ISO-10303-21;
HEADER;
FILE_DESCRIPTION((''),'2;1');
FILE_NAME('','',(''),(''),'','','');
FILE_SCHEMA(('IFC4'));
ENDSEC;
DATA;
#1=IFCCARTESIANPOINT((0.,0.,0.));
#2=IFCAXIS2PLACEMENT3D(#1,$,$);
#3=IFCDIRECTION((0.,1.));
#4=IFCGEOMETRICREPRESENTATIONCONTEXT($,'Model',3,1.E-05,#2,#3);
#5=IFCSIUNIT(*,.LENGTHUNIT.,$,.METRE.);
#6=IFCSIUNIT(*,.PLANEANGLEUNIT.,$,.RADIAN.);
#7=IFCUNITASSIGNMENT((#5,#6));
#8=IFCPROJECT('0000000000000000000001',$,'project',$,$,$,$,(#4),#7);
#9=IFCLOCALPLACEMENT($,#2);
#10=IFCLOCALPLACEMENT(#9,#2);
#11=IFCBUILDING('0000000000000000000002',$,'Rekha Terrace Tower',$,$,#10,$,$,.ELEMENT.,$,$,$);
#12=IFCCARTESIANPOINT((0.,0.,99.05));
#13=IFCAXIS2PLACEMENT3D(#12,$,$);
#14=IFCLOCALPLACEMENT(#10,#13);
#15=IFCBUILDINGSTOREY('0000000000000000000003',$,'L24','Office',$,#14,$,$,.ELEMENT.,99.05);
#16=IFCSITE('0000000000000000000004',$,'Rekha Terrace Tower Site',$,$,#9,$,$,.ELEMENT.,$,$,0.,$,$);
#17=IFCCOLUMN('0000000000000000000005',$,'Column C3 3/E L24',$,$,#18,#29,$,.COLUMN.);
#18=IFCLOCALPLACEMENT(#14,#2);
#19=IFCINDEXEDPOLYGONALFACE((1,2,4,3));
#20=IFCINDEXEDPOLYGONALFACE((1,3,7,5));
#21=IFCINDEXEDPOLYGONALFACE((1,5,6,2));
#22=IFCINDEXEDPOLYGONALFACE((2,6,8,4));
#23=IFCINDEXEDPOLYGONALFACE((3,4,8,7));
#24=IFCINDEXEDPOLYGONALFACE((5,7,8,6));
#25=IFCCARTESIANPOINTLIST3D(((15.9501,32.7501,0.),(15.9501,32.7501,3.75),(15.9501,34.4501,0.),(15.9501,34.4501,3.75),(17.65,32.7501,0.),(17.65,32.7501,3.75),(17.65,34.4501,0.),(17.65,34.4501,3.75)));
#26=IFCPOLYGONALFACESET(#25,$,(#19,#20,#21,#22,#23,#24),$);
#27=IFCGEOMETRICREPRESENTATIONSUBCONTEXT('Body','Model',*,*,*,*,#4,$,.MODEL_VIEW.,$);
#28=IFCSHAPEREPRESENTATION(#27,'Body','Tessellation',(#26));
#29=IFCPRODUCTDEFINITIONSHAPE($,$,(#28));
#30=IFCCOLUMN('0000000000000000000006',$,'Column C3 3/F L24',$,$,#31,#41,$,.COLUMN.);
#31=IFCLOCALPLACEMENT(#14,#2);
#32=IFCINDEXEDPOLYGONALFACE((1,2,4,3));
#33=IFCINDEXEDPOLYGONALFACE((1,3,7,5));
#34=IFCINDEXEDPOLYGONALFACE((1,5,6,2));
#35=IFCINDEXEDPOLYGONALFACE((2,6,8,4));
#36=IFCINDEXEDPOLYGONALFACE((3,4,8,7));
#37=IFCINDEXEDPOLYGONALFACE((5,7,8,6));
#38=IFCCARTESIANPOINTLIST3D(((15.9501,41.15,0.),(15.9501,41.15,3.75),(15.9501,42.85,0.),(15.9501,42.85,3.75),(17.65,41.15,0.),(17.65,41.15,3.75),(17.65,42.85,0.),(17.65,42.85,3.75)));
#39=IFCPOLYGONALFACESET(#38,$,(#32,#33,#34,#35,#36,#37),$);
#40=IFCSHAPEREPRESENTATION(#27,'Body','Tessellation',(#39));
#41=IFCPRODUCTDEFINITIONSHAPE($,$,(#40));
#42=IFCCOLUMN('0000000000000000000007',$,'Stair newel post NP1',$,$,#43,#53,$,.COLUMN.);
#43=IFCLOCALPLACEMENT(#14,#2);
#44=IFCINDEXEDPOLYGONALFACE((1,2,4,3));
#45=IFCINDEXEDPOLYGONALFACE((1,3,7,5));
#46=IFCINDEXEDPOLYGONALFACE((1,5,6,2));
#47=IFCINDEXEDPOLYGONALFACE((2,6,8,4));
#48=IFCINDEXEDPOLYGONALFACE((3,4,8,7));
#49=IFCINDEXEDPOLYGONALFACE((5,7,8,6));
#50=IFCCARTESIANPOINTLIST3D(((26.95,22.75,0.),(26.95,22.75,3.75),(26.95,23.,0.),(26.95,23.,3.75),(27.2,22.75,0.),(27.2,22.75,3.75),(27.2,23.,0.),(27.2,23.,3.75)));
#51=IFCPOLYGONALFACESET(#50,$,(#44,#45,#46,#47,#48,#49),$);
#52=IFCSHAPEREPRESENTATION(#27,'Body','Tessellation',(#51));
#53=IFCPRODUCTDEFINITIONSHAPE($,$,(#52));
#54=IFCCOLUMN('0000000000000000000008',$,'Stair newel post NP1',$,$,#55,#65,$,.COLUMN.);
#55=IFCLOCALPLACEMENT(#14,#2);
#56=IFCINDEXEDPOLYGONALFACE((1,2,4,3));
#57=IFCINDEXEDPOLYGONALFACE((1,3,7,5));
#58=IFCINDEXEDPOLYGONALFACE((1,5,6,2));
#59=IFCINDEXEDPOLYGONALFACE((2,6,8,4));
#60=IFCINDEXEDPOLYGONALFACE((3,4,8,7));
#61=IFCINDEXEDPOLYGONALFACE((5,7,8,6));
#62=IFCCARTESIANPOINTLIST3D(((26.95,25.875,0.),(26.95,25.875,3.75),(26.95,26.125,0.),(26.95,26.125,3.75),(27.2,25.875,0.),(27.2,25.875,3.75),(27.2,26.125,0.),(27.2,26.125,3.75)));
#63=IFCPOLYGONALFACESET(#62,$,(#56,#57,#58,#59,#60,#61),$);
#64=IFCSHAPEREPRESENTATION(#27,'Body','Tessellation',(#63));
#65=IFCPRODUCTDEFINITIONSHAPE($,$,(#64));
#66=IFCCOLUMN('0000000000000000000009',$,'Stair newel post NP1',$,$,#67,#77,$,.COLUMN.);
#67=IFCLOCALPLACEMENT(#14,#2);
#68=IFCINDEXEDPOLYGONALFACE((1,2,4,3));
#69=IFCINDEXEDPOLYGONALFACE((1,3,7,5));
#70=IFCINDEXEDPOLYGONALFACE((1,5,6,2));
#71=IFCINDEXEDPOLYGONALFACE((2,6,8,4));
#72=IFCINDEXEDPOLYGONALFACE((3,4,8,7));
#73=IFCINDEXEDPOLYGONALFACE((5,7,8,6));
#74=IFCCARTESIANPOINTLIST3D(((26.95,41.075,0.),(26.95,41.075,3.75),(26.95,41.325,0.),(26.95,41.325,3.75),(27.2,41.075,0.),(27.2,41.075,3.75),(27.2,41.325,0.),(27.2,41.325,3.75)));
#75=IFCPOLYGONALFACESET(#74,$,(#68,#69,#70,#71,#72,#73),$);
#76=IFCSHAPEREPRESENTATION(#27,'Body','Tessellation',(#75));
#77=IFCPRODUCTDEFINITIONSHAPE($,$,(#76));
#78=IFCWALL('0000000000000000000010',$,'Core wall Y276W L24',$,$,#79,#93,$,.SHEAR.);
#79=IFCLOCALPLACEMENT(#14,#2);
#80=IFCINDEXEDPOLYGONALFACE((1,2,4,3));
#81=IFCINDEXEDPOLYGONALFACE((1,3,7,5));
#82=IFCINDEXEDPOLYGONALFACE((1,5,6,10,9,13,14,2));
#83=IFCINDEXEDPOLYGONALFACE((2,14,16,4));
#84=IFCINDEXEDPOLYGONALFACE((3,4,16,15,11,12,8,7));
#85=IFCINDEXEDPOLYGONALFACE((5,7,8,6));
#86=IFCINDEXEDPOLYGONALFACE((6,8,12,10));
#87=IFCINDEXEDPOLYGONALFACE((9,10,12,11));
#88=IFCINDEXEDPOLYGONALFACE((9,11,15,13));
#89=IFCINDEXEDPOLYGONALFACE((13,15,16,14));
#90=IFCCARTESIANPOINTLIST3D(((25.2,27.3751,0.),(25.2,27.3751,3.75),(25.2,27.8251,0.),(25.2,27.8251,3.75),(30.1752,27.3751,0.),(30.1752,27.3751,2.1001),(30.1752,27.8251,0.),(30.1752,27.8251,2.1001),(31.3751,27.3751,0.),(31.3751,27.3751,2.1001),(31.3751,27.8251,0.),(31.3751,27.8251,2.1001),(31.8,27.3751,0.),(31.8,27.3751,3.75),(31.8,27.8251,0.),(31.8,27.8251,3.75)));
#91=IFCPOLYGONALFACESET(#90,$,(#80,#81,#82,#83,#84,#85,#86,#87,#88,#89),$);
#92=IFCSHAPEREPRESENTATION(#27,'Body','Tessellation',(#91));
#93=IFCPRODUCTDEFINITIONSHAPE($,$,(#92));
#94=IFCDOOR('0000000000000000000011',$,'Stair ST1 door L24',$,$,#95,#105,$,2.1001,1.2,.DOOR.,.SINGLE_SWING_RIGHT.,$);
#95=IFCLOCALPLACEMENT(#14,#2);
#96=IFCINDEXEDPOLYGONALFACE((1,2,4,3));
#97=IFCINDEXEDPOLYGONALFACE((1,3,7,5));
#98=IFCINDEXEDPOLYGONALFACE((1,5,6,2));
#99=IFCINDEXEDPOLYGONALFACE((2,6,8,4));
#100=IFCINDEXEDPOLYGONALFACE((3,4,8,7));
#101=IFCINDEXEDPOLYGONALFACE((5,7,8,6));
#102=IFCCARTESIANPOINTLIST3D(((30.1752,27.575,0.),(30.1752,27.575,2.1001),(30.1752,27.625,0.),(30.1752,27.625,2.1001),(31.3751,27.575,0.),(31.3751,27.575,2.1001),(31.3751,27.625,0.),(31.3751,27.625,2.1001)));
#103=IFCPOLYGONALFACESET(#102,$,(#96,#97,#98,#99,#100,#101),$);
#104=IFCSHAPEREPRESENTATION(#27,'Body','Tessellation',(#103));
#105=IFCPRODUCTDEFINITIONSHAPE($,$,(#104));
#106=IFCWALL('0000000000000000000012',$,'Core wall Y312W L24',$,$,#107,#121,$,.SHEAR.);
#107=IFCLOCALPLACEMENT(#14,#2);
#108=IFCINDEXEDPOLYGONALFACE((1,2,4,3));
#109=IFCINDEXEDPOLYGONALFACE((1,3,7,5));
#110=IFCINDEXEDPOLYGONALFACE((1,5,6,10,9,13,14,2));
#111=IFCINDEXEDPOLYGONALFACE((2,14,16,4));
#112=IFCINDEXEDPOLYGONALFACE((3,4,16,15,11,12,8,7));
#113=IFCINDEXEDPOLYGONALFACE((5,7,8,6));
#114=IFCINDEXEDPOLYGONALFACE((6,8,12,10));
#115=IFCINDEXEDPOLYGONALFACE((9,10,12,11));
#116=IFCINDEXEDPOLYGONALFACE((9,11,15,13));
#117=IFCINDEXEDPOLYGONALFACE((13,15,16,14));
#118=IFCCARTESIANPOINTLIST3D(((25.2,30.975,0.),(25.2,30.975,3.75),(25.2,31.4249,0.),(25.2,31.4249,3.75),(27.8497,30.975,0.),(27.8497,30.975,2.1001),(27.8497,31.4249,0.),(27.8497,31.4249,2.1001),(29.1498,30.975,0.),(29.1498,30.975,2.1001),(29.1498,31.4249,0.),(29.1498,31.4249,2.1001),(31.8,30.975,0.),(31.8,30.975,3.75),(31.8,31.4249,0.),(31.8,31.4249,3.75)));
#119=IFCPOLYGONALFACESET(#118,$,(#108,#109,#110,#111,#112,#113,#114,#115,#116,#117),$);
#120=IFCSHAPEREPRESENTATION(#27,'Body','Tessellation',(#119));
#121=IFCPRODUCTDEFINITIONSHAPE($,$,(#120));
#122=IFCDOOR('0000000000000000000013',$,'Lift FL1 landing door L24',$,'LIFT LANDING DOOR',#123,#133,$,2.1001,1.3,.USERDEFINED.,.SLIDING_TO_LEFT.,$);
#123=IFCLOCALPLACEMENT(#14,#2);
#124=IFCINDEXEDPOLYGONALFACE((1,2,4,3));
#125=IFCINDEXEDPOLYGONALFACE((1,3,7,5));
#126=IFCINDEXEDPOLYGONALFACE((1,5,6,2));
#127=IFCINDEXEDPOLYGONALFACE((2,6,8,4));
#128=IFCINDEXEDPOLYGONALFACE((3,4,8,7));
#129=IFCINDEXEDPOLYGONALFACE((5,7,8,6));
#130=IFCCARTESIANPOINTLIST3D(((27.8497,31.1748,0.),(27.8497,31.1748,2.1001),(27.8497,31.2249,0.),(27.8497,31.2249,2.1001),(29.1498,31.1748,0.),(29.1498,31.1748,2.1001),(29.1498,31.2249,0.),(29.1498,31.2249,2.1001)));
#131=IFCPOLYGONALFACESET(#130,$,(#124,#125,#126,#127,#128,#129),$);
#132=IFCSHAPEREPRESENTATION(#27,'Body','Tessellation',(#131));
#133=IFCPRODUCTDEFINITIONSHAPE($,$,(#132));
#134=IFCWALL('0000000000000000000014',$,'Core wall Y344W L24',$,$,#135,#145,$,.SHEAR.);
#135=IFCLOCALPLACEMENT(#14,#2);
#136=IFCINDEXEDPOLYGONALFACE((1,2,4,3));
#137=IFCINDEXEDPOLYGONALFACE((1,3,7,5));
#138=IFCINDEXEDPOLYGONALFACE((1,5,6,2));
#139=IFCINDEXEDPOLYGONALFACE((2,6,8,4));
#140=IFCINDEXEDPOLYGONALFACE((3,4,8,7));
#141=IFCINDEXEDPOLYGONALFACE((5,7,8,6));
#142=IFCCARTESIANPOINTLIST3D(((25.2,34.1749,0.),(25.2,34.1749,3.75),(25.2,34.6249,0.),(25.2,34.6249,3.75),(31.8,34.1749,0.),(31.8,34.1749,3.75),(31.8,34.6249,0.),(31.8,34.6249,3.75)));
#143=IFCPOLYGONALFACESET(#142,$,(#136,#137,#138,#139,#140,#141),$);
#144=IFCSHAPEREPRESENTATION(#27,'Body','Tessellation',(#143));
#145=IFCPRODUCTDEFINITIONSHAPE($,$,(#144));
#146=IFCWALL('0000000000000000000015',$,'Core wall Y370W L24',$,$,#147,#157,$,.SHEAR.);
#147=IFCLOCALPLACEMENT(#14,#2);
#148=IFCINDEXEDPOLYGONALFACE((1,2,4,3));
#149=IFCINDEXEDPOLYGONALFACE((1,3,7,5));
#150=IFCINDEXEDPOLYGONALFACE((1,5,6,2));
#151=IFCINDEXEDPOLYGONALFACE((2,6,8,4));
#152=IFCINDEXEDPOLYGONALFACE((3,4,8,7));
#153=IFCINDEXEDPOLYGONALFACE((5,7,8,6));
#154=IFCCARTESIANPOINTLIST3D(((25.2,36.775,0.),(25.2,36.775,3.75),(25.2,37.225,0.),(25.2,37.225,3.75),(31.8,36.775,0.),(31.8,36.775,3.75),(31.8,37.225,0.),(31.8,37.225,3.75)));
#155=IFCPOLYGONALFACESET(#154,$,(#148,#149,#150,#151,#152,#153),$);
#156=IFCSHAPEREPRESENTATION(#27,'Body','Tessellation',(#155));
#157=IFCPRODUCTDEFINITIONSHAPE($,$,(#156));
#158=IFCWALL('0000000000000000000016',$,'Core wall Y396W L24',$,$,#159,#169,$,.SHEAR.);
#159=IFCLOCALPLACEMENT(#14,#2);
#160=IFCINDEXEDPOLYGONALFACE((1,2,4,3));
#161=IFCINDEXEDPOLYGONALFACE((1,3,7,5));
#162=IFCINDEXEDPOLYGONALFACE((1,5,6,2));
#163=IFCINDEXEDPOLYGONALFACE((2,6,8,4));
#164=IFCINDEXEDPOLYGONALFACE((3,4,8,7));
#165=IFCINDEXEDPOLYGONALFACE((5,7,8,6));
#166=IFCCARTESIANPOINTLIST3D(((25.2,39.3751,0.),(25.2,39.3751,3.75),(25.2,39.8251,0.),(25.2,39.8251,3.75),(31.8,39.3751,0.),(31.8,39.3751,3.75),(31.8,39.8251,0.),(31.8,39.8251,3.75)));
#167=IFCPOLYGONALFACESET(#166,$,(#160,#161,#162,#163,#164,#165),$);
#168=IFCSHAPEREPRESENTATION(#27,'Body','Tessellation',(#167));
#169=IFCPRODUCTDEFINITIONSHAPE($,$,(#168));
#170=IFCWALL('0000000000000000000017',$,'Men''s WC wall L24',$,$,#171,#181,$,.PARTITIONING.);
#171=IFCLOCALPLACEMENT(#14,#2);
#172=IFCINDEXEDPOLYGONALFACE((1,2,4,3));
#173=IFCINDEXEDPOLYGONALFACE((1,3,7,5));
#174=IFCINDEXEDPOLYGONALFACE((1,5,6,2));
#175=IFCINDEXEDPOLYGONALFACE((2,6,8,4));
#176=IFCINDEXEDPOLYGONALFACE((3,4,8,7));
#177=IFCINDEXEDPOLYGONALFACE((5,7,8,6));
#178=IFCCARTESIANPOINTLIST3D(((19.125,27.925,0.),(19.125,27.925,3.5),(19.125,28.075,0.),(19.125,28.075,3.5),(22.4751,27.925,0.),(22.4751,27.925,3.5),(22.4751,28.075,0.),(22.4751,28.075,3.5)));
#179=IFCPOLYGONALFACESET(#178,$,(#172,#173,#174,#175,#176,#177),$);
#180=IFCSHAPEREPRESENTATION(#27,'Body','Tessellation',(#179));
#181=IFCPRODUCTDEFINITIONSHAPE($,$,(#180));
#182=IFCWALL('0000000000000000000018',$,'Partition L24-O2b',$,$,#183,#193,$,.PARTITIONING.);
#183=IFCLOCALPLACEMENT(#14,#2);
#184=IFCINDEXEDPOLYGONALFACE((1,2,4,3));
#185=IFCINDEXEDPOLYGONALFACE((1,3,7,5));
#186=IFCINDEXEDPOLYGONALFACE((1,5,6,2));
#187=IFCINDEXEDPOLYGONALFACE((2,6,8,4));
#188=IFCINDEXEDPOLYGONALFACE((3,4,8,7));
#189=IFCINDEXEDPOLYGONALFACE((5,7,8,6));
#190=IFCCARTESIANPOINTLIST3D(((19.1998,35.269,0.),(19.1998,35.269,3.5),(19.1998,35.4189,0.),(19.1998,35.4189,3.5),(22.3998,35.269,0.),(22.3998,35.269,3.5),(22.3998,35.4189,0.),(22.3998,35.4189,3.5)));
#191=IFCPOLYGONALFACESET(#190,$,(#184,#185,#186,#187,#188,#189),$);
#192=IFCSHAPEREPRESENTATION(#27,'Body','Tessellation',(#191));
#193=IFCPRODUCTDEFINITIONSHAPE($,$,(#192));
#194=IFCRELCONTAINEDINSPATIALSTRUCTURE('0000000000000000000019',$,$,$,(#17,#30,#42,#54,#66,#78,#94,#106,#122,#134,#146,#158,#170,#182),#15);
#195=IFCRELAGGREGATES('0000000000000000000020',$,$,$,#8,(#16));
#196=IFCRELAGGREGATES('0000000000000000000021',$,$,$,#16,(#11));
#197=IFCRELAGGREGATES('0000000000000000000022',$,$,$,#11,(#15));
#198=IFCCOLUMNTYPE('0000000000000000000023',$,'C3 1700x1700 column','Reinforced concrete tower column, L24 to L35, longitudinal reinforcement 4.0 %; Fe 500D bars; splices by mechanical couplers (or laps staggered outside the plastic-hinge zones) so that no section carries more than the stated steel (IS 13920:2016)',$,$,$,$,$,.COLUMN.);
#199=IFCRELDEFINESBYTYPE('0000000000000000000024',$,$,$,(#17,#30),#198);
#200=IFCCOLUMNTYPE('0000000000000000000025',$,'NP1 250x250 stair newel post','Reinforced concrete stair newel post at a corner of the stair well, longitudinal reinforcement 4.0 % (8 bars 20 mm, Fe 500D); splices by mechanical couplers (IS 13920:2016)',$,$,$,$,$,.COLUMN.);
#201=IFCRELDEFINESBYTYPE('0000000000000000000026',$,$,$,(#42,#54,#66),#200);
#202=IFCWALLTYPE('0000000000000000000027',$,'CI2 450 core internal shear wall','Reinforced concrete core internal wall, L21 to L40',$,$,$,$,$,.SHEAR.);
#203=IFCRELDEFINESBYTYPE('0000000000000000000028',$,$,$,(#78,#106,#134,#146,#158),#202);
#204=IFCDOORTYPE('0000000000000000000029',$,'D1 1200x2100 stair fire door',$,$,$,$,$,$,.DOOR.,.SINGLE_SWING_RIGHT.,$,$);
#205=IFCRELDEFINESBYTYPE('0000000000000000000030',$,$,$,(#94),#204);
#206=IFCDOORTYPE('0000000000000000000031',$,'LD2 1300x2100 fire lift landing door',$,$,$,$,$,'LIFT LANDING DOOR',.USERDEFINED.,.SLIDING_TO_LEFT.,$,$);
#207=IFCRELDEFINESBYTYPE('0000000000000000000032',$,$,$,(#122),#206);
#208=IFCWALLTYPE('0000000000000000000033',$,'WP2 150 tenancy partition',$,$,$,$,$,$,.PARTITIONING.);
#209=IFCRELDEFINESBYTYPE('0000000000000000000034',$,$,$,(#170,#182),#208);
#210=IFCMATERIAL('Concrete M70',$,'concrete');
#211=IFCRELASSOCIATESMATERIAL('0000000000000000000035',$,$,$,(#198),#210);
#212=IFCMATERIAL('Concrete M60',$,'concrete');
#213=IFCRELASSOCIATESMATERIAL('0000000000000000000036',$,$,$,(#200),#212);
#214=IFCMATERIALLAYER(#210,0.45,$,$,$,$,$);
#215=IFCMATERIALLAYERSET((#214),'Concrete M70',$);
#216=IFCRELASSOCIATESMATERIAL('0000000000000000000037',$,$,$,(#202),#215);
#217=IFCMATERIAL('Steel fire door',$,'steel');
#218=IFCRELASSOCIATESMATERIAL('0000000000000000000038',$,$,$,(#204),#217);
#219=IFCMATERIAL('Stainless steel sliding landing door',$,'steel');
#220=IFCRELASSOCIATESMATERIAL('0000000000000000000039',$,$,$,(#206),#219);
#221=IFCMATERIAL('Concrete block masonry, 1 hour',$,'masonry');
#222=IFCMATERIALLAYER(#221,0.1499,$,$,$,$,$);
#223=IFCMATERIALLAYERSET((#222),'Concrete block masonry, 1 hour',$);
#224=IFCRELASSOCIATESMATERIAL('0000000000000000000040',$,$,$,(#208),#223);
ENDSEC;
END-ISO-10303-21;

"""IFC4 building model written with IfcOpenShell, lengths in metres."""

from ifc_helpers import new_model, si_unit, direction, frame, frame_2d, origin, origin_2d, place, context, subcontext, project, spatial, rectangle, extrude, material, layer, layer_set, material_profile, profile_set, type_object, element, fill, save


model = new_model("IFC4")

# Units and contexts
model_context = context("Model", 3, precision=1e-05, world=origin(), true_north=direction((0.0, 1.0)))
body_context = subcontext(model_context, "Body", "Model", "MODEL_VIEW")
ifc_project = project(units=[si_unit("LENGTHUNIT", "METRE"), si_unit("PLANEANGLEUNIT", "RADIAN")], contexts=[model_context])

# Site, building, storey
site_placement = place(None, origin())
site = spatial("IfcSite", under=ifc_project, at=site_placement, Name="Rekha Terrace Tower Site", CompositionType="ELEMENT", RefElevation=0.0)
building_placement = place(site_placement, origin())
building = spatial("IfcBuilding", under=site, at=building_placement, Name="Rekha Terrace Tower", CompositionType="ELEMENT")
storey_placement = place(building_placement, frame((0.0, 0.0, 99.05)))
storey = spatial("IfcBuildingStorey", under=building, at=storey_placement, Name="L24", Description="Office", CompositionType="ELEMENT", Elevation=99.05)

# Columns
ifc_material_1 = material(Name="Concrete M70", Category="concrete")
ifc_material_profile_1 = material_profile(ifc_material_1, rectangle(XDim=1.7, YDim=1.7, at=origin_2d()), Name="RC 1700x1700")
ifc_profile_set_1 = profile_set([ifc_material_profile_1], Name="Concrete M70")
column_type_1 = type_object("IfcColumnType", Name="C3 1700x1700 column", Description="Reinforced concrete tower column, L24 to L35, longitudinal reinforcement 4.0 %; Fe 500D bars; splices by mechanical couplers (or laps staggered outside the plastic-hinge zones) so that no section carries more than the stated steel (IS 13920:2016)", PredefinedType="COLUMN", material=ifc_profile_set_1)
for number, where, z_axis, x_axis, name in (
    (1, (16.8, 33.6001, 0.0), (0.0, 0.0, 1.0), (1.0, 0.0, 0.0), "Column C3 3/E L24"),
    (2, (16.8, 42.0, 0.0), (0.0, 0.0, 1.0), (1.0, 0.0, 0.0), "Column C3 3/F L24"),
):
    element("IfcColumn", number, at=place(storey_placement, frame(where, z_axis=z_axis, x_axis=x_axis)), inside=storey, type_object=column_type_1, Name=name, PredefinedType="COLUMN", context=body_context, shape_type="SweptSolid", body=[
        extrude(rectangle(XDim=1.7, YDim=1.7, at=origin_2d()), origin(), (0.0, 0.0, 1.0), 3.75),
    ])
ifc_material_2 = material(Name="Concrete M60", Category="concrete")
ifc_material_profile_2 = material_profile(ifc_material_2, rectangle(XDim=0.25, YDim=0.25, at=origin_2d()), Name="RC 250x250")
ifc_profile_set_2 = profile_set([ifc_material_profile_2], Name="Concrete M60")
column_type_2 = type_object("IfcColumnType", Name="NP1 250x250 stair newel post", Description="Reinforced concrete stair newel post at a corner of the stair well, longitudinal reinforcement 4.0 % (8 bars 20 mm, Fe 500D); splices by mechanical couplers (IS 13920:2016)", PredefinedType="COLUMN", material=ifc_profile_set_2)
for number, where, z_axis, x_axis, name in (
    (3, (27.075, 22.875, 0.0), (0.0, 0.0, 1.0), (1.0, 0.0, 0.0), "Stair newel post NP1"),
    (4, (27.075, 26.0, 0.0), (0.0, 0.0, 1.0), (1.0, 0.0, 0.0), "Stair newel post NP1"),
    (5, (27.075, 41.2, 0.0), (0.0, 0.0, 1.0), (1.0, 0.0, 0.0), "Stair newel post NP1"),
):
    element("IfcColumn", number, at=place(storey_placement, frame(where, z_axis=z_axis, x_axis=x_axis)), inside=storey, type_object=column_type_2, Name=name, PredefinedType="COLUMN", context=body_context, shape_type="SweptSolid", body=[
        extrude(rectangle(XDim=0.25, YDim=0.25, at=origin_2d()), origin(), (0.0, 0.0, 1.0), 3.75),
    ])

# Walls, openings, doors
ifc_layer_1 = layer(ifc_material_1, 0.45)
ifc_layer_set_1 = layer_set([ifc_layer_1], Name="Concrete M70")
wall_type_1 = type_object("IfcWallType", Name="CI2 450 core internal shear wall", Description="Reinforced concrete core internal wall, L21 to L40", PredefinedType="SHEAR", material=ifc_layer_set_1)
wall_1_placement = place(storey_placement, frame((25.2, 27.6001, 0.0), z_axis=(0.0, 0.0, 1.0), x_axis=(1.0, 0.0, 0.0)))
wall_1 = element("IfcWall", 6, at=wall_1_placement, inside=storey, type_object=wall_type_1, Name="Core wall Y276W L24", PredefinedType="SHEAR", context=body_context, shape_type="SweptSolid", body=[
    extrude(rectangle(XDim=6.6001, YDim=0.45, at=frame_2d((3.3, 0.0))), origin(), (0.0, 0.0, 1.0), 3.75),
])
opening_1_placement = place(wall_1_placement, frame((4.9751, 0.0, 0.0)))
opening_1 = element("IfcOpeningElement", 7, at=opening_1_placement, cuts=wall_1, PredefinedType="OPENING", context=body_context, shape_type="SweptSolid", body=[
    extrude(rectangle(XDim=1.2, YDim=2.1001, at=frame_2d((0.6001, 1.05))), frame((0.0, 0.2349, 0.0), z_axis=(0.0, -1.0, 0.0), x_axis=(1.0, 0.0, 0.0)), (0.0, 0.0, 1.0), 0.47),
])
ifc_material_3 = material(Name="Steel fire door", Category="steel")
door_type_1 = type_object("IfcDoorType", Name="D1 1200x2100 stair fire door", OperationType="SINGLE_SWING_RIGHT", PredefinedType="DOOR", material=ifc_material_3)
door_1_placement = place(opening_1_placement, origin())
door_1 = element("IfcDoor", 8, at=door_1_placement, inside=storey, type_object=door_type_1, Name="Stair ST1 door L24", OperationType="SINGLE_SWING_RIGHT", OverallHeight=2.1001, OverallWidth=1.2, PredefinedType="DOOR", context=body_context, shape_type="SweptSolid", body=[
    extrude(rectangle(XDim=1.2, YDim=2.1001, at=frame_2d((0.6001, 1.05))), frame((0.0, 0.0249, 0.0), z_axis=(0.0, -1.0, 0.0), x_axis=(1.0, 0.0, 0.0)), (0.0, 0.0, 1.0), 0.05),
])
fill(opening_1, door_1)
wall_2_placement = place(storey_placement, frame((25.2, 31.2, 0.0), z_axis=(0.0, 0.0, 1.0), x_axis=(1.0, 0.0, 0.0)))
wall_2 = element("IfcWall", 9, at=wall_2_placement, inside=storey, type_object=wall_type_1, Name="Core wall Y312W L24", PredefinedType="SHEAR", context=body_context, shape_type="SweptSolid", body=[
    extrude(rectangle(XDim=6.6001, YDim=0.45, at=frame_2d((3.3, 0.0))), origin(), (0.0, 0.0, 1.0), 3.75),
])
opening_2_placement = place(wall_2_placement, frame((2.6499, 0.0, 0.0)))
opening_2 = element("IfcOpeningElement", 10, at=opening_2_placement, cuts=wall_2, PredefinedType="OPENING", context=body_context, shape_type="SweptSolid", body=[
    extrude(rectangle(XDim=1.3, YDim=2.1001, at=frame_2d((0.6499, 1.05))), frame((0.0, 0.2349, 0.0), z_axis=(0.0, -1.0, 0.0), x_axis=(1.0, 0.0, 0.0)), (0.0, 0.0, 1.0), 0.47),
])
ifc_material_4 = material(Name="Stainless steel sliding landing door", Category="steel")
door_type_2 = type_object("IfcDoorType", Name="LD2 1300x2100 fire lift landing door", ElementType="LIFT LANDING DOOR", OperationType="SLIDING_TO_LEFT", PredefinedType="USERDEFINED", material=ifc_material_4)
door_2_placement = place(opening_2_placement, origin())
door_2 = element("IfcDoor", 11, at=door_2_placement, inside=storey, type_object=door_type_2, Name="Lift FL1 landing door L24", ObjectType="LIFT LANDING DOOR", OperationType="SLIDING_TO_LEFT", OverallHeight=2.1001, OverallWidth=1.3, PredefinedType="USERDEFINED", context=body_context, shape_type="SweptSolid", body=[
    extrude(rectangle(XDim=1.3, YDim=2.1001, at=frame_2d((0.6499, 1.05))), frame((0.0, 0.0249, 0.0), z_axis=(0.0, -1.0, 0.0), x_axis=(1.0, 0.0, 0.0)), (0.0, 0.0, 1.0), 0.05),
])
fill(opening_2, door_2)

# Walls
for number, where, z_axis, x_axis, name in (
    (12, (25.2, 34.3999, 0.0), (0.0, 0.0, 1.0), (1.0, 0.0, 0.0), "Core wall Y344W L24"),
    (13, (25.2, 37.0, 0.0), (0.0, 0.0, 1.0), (1.0, 0.0, 0.0), "Core wall Y370W L24"),
    (14, (25.2, 39.6001, 0.0), (0.0, 0.0, 1.0), (1.0, 0.0, 0.0), "Core wall Y396W L24"),
):
    element("IfcWall", number, at=place(storey_placement, frame(where, z_axis=z_axis, x_axis=x_axis)), inside=storey, type_object=wall_type_1, Name=name, PredefinedType="SHEAR", context=body_context, shape_type="SweptSolid", body=[
        extrude(rectangle(XDim=6.6001, YDim=0.45, at=frame_2d((3.3, 0.0))), origin(), (0.0, 0.0, 1.0), 3.75),
    ])
ifc_material_5 = material(Name="Concrete block masonry, 1 hour", Category="masonry")
ifc_layer_2 = layer(ifc_material_5, 0.1499)
ifc_layer_set_2 = layer_set([ifc_layer_2], Name="Concrete block masonry, 1 hour")
wall_type_2 = type_object("IfcWallType", Name="WP2 150 tenancy partition", PredefinedType="PARTITIONING", material=ifc_layer_set_2)
wall_3_placement = place(storey_placement, frame((19.125, 28.0, 0.0), z_axis=(0.0, 0.0, 1.0), x_axis=(1.0, 0.0, 0.0)))
element("IfcWall", 15, at=wall_3_placement, inside=storey, type_object=wall_type_2, Name="Men's WC wall L24", PredefinedType="PARTITIONING", context=body_context, shape_type="SweptSolid", body=[
    extrude(rectangle(XDim=3.3501, YDim=0.1499, at=frame_2d((1.675, 0.0))), origin(), (0.0, 0.0, 1.0), 3.5),
])
wall_4_placement = place(storey_placement, frame((22.3999, 35.344, 0.0), z_axis=(0.0, 0.0, 1.0), x_axis=(-1.0, 0.0, 0.0)))
element("IfcWall", 16, at=wall_4_placement, inside=storey, type_object=wall_type_2, Name="Partition L24-O2b", PredefinedType="PARTITIONING", context=body_context, shape_type="SweptSolid", body=[
    extrude(rectangle(XDim=3.2, YDim=0.1499, at=frame_2d((1.6001, 0.0))), origin(), (0.0, 0.0, 1.0), 3.5),
])

save(model, "model.ifc")
